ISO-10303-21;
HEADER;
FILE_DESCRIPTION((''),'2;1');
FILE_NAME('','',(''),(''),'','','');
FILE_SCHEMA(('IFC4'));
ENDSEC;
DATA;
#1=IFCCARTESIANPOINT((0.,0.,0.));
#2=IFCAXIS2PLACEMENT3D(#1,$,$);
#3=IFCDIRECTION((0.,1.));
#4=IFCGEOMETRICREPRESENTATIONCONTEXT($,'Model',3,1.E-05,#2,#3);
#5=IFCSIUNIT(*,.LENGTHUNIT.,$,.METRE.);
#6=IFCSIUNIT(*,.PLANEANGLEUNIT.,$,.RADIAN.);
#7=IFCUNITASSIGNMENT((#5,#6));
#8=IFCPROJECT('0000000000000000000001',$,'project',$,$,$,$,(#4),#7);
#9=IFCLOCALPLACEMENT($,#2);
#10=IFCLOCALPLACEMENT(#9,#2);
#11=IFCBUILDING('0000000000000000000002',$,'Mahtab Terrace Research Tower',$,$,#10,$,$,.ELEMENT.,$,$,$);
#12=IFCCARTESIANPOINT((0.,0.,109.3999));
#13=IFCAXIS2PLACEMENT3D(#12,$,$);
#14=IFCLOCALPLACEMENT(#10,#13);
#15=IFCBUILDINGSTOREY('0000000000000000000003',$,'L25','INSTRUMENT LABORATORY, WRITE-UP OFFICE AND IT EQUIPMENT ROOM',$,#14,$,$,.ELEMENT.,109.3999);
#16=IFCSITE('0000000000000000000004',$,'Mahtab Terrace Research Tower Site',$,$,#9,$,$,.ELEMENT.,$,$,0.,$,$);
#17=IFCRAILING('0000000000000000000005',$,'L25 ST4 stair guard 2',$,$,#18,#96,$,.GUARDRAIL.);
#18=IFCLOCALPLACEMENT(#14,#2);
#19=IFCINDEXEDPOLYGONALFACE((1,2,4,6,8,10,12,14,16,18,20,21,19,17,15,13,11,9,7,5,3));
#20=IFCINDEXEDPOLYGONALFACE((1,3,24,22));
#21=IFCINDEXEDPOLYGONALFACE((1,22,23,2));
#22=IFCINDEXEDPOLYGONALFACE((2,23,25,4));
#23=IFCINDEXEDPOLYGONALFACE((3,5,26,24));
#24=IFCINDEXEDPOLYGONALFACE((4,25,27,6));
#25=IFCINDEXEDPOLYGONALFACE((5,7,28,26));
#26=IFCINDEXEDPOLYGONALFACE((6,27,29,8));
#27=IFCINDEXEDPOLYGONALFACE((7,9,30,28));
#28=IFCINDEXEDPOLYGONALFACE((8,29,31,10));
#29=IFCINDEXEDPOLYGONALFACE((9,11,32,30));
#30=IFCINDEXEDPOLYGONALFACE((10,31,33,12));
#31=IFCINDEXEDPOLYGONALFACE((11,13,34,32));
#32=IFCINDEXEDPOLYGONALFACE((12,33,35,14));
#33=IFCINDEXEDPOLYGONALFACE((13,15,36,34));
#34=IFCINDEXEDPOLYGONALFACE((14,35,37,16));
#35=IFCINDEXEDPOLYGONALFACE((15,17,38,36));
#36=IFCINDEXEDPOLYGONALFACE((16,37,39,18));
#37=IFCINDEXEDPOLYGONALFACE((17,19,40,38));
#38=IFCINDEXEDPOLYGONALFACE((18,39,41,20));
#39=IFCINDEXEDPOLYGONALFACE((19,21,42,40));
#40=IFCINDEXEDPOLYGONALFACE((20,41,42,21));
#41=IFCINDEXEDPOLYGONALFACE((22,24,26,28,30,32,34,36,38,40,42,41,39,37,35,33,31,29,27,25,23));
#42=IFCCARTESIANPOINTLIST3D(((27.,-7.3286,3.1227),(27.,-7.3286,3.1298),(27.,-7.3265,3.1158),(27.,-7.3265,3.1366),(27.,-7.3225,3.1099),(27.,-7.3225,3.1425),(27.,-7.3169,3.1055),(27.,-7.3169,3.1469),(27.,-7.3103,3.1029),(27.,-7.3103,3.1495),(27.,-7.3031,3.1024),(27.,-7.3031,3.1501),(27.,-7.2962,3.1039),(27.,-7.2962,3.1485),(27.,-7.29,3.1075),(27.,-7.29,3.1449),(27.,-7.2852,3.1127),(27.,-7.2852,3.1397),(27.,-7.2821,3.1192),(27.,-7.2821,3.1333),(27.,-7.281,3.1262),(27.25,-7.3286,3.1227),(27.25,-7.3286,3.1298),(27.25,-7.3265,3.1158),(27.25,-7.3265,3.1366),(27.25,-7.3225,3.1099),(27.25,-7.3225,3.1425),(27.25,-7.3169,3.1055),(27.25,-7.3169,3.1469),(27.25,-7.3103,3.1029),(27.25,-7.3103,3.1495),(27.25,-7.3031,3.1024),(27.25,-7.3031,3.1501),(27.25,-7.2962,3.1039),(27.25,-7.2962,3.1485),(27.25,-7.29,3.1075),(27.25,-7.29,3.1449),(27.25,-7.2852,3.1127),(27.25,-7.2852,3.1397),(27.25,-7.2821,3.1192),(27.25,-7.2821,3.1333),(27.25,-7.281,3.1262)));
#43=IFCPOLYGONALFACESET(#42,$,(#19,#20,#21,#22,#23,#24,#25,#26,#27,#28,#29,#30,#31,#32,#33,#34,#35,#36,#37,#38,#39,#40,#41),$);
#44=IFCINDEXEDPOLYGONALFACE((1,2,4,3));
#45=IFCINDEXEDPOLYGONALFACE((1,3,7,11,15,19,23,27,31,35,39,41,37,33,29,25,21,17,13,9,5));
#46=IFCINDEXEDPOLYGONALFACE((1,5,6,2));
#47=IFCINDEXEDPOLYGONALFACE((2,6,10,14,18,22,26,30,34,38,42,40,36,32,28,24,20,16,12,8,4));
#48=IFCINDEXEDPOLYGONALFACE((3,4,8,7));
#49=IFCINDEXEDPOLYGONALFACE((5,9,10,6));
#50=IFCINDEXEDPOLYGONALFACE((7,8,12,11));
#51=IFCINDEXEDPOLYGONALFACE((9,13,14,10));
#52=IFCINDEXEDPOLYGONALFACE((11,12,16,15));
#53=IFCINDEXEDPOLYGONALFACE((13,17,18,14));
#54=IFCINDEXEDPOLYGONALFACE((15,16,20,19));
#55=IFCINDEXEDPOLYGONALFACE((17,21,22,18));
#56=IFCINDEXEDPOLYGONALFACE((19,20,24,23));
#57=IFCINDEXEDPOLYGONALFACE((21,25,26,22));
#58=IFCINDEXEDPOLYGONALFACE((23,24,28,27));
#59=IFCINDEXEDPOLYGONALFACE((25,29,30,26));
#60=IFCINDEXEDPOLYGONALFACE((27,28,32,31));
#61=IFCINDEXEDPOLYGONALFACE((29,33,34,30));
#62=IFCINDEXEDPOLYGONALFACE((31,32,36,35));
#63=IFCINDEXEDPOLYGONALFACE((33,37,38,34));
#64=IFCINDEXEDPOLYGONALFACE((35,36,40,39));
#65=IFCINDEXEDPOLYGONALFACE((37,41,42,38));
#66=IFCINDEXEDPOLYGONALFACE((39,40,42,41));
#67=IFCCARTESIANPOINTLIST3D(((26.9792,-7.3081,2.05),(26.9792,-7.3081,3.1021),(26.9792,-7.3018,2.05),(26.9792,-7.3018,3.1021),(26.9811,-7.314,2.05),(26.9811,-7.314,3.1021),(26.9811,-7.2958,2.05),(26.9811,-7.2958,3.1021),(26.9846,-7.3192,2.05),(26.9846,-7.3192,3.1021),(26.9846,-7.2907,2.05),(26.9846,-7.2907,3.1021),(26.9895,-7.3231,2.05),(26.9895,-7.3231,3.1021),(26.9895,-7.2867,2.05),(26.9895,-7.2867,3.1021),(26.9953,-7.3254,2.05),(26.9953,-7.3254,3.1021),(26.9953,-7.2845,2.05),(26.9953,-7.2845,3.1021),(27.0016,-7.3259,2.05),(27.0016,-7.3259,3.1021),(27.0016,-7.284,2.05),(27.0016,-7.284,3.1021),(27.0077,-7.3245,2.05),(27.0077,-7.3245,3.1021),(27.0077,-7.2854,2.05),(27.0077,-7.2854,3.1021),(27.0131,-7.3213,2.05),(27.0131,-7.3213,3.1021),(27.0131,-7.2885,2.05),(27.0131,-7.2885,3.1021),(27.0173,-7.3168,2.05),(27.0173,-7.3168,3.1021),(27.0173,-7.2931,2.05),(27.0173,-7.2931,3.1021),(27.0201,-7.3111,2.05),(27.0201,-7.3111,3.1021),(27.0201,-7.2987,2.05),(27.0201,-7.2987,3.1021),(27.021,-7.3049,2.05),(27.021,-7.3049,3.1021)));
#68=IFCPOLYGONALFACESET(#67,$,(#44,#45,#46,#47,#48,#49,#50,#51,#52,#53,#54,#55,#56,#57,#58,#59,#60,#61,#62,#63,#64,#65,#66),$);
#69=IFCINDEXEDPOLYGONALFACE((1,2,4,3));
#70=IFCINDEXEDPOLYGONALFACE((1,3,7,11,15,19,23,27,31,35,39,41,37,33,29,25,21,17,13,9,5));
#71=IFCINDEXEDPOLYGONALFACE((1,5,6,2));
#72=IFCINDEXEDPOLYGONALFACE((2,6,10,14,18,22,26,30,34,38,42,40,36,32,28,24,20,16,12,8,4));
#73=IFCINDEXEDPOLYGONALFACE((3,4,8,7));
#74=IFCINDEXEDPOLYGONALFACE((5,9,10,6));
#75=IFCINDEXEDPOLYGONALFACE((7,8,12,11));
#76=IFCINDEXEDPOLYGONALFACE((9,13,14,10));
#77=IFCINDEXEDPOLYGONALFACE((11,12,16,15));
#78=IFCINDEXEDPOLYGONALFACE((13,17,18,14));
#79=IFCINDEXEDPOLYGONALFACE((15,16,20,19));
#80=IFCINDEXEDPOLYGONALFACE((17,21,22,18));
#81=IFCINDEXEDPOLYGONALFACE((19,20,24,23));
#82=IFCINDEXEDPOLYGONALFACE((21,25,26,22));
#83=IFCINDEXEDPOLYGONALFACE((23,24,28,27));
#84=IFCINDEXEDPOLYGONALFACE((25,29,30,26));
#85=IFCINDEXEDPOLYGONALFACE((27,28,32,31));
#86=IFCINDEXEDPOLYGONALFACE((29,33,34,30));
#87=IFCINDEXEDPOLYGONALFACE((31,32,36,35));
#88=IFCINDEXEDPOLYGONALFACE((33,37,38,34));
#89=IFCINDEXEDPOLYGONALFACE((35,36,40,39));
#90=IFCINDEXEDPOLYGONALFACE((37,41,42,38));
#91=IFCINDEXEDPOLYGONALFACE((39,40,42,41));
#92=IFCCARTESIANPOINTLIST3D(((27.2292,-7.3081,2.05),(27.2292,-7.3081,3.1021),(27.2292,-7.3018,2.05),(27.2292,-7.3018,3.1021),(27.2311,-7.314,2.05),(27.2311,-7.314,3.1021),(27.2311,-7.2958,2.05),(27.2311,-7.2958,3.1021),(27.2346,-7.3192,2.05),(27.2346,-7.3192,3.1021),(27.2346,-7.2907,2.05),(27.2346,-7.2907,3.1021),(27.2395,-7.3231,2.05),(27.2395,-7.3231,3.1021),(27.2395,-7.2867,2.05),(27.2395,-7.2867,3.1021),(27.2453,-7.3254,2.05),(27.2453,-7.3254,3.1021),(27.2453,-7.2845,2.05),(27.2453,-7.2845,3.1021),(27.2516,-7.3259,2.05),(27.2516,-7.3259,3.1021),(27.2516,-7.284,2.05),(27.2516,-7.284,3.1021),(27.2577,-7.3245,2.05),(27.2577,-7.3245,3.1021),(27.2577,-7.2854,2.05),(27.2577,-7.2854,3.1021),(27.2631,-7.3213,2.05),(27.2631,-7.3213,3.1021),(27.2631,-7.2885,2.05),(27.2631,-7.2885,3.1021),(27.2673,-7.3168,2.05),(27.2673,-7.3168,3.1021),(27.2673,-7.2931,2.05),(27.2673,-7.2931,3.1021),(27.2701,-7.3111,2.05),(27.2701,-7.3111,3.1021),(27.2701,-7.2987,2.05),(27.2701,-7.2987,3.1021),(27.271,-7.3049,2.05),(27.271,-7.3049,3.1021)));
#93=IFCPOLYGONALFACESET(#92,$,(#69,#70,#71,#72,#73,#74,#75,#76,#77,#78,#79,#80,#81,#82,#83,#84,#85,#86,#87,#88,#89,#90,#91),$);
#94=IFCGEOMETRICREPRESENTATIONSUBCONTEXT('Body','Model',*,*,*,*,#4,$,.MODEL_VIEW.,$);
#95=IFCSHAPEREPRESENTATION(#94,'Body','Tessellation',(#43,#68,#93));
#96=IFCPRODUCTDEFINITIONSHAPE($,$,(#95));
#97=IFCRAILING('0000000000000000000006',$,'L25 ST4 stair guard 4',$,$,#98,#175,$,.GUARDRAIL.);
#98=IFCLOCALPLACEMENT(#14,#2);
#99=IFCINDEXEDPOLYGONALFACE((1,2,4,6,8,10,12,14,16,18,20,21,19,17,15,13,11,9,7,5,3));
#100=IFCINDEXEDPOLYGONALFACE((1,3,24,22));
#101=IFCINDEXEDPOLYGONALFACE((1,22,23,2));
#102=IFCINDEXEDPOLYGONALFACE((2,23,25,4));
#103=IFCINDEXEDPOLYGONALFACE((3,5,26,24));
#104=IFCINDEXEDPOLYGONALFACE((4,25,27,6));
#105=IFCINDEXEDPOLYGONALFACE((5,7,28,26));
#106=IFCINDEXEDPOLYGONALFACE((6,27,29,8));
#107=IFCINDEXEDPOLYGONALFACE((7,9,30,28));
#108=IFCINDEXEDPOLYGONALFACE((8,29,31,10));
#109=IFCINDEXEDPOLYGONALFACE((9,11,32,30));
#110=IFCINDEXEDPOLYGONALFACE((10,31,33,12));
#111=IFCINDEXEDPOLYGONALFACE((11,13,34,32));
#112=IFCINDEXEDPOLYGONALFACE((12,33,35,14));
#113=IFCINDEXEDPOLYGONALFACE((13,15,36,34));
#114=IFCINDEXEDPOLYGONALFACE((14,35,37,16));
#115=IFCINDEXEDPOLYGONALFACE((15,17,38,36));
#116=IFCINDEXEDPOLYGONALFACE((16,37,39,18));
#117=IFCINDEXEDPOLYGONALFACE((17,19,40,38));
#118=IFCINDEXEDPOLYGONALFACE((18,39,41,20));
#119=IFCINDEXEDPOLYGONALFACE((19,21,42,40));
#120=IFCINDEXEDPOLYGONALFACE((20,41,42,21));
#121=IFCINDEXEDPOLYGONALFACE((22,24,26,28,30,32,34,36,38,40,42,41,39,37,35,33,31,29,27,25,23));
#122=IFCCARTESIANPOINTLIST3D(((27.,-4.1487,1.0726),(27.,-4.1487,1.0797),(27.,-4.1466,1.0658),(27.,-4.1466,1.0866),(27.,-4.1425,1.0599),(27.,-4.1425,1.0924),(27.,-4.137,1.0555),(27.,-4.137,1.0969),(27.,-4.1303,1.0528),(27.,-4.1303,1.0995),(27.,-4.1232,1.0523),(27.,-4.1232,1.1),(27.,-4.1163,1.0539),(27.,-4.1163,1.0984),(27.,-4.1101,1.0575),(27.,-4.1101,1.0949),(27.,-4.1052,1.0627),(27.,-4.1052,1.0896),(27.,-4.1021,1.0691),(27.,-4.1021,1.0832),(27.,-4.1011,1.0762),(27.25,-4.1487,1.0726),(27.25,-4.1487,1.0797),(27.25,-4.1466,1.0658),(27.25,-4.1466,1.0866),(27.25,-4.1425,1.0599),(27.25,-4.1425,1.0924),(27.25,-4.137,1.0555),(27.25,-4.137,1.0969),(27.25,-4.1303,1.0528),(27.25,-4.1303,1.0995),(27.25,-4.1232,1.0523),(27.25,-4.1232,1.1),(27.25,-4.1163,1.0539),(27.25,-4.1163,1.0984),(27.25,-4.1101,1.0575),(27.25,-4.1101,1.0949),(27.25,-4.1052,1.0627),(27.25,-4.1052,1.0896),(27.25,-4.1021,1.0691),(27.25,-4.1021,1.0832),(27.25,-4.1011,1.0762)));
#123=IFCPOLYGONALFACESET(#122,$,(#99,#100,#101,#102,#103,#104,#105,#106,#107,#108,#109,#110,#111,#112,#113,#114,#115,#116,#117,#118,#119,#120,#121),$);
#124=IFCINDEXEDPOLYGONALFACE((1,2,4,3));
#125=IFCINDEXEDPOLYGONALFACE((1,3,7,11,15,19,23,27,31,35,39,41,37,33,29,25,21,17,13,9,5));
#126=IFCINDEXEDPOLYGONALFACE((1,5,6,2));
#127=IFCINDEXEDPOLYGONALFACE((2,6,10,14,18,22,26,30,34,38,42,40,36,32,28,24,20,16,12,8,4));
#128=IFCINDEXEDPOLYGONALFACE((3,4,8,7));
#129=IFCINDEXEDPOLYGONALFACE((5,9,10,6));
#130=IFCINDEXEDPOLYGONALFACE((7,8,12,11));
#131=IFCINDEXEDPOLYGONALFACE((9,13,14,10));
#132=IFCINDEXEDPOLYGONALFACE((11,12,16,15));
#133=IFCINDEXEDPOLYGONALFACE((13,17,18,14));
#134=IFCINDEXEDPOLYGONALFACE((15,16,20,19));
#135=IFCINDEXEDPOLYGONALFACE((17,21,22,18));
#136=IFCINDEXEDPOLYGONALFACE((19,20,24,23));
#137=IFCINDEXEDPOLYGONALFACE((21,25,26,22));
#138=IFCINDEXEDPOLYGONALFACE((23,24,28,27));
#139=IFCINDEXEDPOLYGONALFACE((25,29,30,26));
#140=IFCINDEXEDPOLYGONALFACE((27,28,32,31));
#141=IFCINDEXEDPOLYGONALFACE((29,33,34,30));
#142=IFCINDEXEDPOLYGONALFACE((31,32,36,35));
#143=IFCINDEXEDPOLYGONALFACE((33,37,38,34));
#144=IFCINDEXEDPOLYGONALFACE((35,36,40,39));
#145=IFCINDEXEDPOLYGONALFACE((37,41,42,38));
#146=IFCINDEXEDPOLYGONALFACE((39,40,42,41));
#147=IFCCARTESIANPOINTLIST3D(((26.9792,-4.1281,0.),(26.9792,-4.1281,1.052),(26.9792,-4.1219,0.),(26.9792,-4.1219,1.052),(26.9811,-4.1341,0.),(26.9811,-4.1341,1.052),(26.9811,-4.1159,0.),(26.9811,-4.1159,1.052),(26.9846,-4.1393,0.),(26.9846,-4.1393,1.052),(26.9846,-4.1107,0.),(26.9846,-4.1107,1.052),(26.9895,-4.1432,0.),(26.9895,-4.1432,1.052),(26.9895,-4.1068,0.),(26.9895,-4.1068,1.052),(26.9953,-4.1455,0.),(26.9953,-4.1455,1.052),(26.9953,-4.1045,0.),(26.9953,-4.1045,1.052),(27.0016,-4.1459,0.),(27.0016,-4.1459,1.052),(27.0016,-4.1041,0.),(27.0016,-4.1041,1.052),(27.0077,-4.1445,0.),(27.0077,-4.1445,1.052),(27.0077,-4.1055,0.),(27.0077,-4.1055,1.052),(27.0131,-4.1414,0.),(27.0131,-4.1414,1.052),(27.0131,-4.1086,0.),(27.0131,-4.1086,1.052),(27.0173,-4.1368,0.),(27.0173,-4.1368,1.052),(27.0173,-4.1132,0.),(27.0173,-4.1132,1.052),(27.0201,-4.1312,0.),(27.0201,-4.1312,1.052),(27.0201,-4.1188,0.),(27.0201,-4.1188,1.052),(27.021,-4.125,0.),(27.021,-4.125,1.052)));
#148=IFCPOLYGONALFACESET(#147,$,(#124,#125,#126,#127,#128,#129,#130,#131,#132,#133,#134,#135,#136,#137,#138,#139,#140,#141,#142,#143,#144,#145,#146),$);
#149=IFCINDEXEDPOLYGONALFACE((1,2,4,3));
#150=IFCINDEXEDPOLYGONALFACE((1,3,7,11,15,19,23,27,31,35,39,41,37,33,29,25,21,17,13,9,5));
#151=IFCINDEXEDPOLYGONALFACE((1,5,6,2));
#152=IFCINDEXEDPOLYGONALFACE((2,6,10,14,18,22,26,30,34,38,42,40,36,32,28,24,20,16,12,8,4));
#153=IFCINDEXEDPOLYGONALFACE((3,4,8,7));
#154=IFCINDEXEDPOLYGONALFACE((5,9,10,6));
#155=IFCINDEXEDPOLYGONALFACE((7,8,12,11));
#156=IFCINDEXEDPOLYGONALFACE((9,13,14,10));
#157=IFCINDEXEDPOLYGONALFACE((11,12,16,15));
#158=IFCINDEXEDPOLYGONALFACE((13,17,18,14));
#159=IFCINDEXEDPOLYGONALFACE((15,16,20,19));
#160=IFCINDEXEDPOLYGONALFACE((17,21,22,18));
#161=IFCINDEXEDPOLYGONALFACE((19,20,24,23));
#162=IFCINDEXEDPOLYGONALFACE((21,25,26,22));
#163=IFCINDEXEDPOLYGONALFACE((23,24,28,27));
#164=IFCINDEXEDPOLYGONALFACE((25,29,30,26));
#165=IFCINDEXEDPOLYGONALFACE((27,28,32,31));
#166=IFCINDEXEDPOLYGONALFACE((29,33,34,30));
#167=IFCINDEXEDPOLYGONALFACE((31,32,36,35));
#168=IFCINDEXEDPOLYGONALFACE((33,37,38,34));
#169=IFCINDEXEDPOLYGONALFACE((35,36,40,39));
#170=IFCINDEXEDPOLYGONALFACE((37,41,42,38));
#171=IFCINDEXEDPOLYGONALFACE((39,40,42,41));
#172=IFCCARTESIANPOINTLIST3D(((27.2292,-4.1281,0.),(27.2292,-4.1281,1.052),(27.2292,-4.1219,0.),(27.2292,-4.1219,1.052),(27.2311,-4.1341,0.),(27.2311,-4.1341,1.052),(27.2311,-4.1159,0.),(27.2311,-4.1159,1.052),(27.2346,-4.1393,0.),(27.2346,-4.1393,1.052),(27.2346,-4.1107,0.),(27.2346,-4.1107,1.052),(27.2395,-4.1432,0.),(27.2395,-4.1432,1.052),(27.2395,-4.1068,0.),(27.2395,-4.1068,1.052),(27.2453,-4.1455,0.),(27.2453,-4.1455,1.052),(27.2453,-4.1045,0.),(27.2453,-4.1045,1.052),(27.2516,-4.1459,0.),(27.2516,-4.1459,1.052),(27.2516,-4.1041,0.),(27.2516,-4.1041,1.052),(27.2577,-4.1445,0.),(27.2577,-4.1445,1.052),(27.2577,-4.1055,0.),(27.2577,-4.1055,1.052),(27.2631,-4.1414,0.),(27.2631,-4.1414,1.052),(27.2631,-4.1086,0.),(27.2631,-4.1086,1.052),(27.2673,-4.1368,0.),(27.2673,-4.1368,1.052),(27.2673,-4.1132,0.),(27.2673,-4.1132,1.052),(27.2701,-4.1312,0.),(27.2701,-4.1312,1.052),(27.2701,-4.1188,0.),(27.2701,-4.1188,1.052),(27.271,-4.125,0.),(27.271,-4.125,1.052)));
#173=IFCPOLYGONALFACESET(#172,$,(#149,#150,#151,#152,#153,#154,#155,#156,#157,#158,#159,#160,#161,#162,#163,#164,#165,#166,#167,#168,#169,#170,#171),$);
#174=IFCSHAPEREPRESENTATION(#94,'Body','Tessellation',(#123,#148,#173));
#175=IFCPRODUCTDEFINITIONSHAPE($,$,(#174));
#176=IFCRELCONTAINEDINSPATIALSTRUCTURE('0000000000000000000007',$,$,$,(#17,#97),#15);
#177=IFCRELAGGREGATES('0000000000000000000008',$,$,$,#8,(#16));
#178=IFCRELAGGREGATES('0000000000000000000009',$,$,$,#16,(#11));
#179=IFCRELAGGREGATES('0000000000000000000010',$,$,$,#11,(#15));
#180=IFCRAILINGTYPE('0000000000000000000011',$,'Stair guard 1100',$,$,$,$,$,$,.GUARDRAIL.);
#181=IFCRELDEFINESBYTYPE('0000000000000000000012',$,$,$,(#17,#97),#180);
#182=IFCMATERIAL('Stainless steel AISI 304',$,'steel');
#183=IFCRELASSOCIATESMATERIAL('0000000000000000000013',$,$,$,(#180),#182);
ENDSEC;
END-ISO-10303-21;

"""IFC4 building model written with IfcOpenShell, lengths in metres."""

from ifc_helpers import new_model, si_unit, direction, frame, origin, origin_2d, place, context, subcontext, project, spatial, circle, extrude, material, type_object, element, save


model = new_model("IFC4")

# Units and contexts
model_context = context("Model", 3, precision=1e-05, world=origin(), true_north=direction((0.0, 1.0)))
body_context = subcontext(model_context, "Body", "Model", "MODEL_VIEW")
ifc_project = project(units=[si_unit("LENGTHUNIT", "METRE"), si_unit("PLANEANGLEUNIT", "RADIAN")], contexts=[model_context])

# Site, building, storey
site_placement = place(None, origin())
site = spatial("IfcSite", under=ifc_project, at=site_placement, Name="Mahtab Terrace Research Tower Site", CompositionType="ELEMENT", RefElevation=0.0)
building_placement = place(site_placement, origin())
building = spatial("IfcBuilding", under=site, at=building_placement, Name="Mahtab Terrace Research Tower", CompositionType="ELEMENT")
storey_placement = place(building_placement, frame((0.0, 0.0, 109.3999)))
storey = spatial("IfcBuildingStorey", under=building, at=storey_placement, Name="L25", Description="INSTRUMENT LABORATORY, WRITE-UP OFFICE AND IT EQUIPMENT ROOM", CompositionType="ELEMENT", Elevation=109.3999)

# Shared definitions
ifc_material_1 = material(Name="Stainless steel AISI 304", Category="steel")

# Railings
railing_type_1 = type_object("IfcRailingType", Name="Stair guard 1100", PredefinedType="GUARDRAIL", material=ifc_material_1)
for number, where, name in (
    (1, (27.0, -7.3049, 2.05), "L25 ST4 stair guard 2"),
    (2, (27.0, -4.125, 0.0), "L25 ST4 stair guard 4"),
):
    element("IfcRailing", number, at=place(storey_placement, frame(where)), inside=storey, type_object=railing_type_1, Name=name, PredefinedType="GUARDRAIL", context=body_context, shape_type="SweptSolid", body=[
        extrude(circle(Radius=0.0239, at=origin_2d()), frame((0.0, 0.0, 1.0762), z_axis=(1.0, 0.0, 0.0), x_axis=(0.0, 1.0, 0.0)), (0.0, 0.0, 1.0), 0.25),
        extrude(circle(Radius=0.021, at=origin_2d()), origin(), (0.0, 0.0, 1.0), 1.052),
        extrude(circle(Radius=0.021, at=origin_2d()), frame((0.25, 0.0, 0.0)), (0.0, 0.0, 1.0), 1.052),
    ])

save(model, "model.ifc")
